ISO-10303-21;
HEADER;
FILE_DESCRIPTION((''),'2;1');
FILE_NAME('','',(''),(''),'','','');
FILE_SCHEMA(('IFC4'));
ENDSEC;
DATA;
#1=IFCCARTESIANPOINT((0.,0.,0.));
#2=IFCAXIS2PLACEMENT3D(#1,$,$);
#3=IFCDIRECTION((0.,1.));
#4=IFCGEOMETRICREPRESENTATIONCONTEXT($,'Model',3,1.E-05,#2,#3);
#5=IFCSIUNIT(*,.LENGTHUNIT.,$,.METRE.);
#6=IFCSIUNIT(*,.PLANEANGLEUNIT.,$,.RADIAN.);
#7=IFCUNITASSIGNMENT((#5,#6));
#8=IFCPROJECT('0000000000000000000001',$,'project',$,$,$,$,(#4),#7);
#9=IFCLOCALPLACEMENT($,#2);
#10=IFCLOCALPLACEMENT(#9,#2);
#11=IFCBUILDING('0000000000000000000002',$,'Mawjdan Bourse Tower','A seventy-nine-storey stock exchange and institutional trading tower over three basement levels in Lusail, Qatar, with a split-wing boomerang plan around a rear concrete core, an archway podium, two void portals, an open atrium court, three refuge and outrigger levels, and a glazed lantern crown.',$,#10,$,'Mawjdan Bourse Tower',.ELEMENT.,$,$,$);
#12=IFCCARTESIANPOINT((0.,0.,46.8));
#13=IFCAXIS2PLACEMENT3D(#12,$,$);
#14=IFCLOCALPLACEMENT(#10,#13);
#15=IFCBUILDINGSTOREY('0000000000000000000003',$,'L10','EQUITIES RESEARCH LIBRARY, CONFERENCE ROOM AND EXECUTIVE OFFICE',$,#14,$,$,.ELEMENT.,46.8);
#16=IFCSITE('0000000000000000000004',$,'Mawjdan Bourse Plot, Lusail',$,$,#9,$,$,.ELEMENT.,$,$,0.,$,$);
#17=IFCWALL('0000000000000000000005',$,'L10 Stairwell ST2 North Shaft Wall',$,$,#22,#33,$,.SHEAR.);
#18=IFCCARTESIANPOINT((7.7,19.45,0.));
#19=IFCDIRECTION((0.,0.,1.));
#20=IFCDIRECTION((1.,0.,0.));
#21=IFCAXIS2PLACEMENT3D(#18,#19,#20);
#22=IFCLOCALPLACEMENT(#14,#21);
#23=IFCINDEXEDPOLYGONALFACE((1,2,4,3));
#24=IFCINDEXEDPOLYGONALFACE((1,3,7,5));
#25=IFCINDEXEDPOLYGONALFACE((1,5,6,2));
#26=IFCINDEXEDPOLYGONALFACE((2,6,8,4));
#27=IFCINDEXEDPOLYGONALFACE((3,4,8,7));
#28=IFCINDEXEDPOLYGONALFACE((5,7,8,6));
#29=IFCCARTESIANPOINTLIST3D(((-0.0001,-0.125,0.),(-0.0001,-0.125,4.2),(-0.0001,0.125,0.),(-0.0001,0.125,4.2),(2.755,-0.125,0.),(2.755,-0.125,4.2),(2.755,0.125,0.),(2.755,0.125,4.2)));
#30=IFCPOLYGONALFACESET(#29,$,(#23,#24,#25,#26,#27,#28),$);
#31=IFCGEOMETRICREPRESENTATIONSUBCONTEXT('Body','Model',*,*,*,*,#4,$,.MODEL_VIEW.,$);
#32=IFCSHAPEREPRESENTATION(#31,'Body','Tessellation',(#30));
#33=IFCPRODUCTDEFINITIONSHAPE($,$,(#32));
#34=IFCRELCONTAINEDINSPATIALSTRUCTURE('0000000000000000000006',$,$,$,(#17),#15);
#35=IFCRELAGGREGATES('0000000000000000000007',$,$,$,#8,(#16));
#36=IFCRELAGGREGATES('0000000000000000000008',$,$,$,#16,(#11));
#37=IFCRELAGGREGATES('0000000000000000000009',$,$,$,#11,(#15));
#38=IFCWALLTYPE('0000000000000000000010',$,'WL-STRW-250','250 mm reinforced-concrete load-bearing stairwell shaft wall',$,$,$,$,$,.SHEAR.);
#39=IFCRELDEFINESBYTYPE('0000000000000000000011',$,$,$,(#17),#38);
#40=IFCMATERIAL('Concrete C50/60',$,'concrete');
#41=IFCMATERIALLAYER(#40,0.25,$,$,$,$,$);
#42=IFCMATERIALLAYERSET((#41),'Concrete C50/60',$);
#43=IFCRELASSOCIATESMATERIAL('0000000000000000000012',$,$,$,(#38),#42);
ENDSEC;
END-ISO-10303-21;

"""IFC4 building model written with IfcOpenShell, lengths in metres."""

from ifc_helpers import new_model, si_unit, direction, frame, frame_2d, origin, place, context, subcontext, project, spatial, rectangle, extrude, material, layer, layer_set, type_object, element, save


model = new_model("IFC4")

# Units and contexts
model_context = context("Model", 3, precision=1e-05, world=origin(), true_north=direction((0.0, 1.0)))
body_context = subcontext(model_context, "Body", "Model", "MODEL_VIEW")
ifc_project = project(units=[si_unit("LENGTHUNIT", "METRE"), si_unit("PLANEANGLEUNIT", "RADIAN")], contexts=[model_context])

# Site, building, storey
site_placement = place(None, origin())
site = spatial("IfcSite", under=ifc_project, at=site_placement, Name="Mawjdan Bourse Plot, Lusail", CompositionType="ELEMENT", RefElevation=0.0)
building_placement = place(site_placement, origin())
building = spatial("IfcBuilding", under=site, at=building_placement, Name="Mawjdan Bourse Tower", Description="A seventy-nine-storey stock exchange and institutional trading tower over three basement levels in Lusail, Qatar, with a split-wing boomerang plan around a rear concrete core, an archway podium, two void portals, an open atrium court, three refuge and outrigger levels, and a glazed lantern crown.", LongName="Mawjdan Bourse Tower", CompositionType="ELEMENT")
storey_placement = place(building_placement, frame((0.0, 0.0, 46.8)))
storey = spatial("IfcBuildingStorey", under=building, at=storey_placement, Name="L10", Description="EQUITIES RESEARCH LIBRARY, CONFERENCE ROOM AND EXECUTIVE OFFICE", CompositionType="ELEMENT", Elevation=46.8)

# Shared definitions
ifc_material_1 = material(Name="Concrete C50/60", Category="concrete")

# Wall
ifc_layer_1 = layer(ifc_material_1, 0.25)
ifc_layer_set_1 = layer_set([ifc_layer_1], Name="Concrete C50/60")
wall_type_1 = type_object("IfcWallType", Name="WL-STRW-250", Description="250 mm reinforced-concrete load-bearing stairwell shaft wall", PredefinedType="SHEAR", material=ifc_layer_set_1)
wall_1_placement = place(storey_placement, frame((7.7, 19.45, 0.0), z_axis=(0.0, 0.0, 1.0), x_axis=(1.0, 0.0, 0.0)))
element("IfcWall", 1, at=wall_1_placement, inside=storey, type_object=wall_type_1, Name="L10 Stairwell ST2 North Shaft Wall", PredefinedType="SHEAR", context=body_context, shape_type="SweptSolid", body=[
    extrude(rectangle(XDim=2.7551, YDim=0.25, at=frame_2d((1.3774, 0.0))), origin(), (0.0, 0.0, 1.0), 4.2),
])

save(model, "model.ifc")
